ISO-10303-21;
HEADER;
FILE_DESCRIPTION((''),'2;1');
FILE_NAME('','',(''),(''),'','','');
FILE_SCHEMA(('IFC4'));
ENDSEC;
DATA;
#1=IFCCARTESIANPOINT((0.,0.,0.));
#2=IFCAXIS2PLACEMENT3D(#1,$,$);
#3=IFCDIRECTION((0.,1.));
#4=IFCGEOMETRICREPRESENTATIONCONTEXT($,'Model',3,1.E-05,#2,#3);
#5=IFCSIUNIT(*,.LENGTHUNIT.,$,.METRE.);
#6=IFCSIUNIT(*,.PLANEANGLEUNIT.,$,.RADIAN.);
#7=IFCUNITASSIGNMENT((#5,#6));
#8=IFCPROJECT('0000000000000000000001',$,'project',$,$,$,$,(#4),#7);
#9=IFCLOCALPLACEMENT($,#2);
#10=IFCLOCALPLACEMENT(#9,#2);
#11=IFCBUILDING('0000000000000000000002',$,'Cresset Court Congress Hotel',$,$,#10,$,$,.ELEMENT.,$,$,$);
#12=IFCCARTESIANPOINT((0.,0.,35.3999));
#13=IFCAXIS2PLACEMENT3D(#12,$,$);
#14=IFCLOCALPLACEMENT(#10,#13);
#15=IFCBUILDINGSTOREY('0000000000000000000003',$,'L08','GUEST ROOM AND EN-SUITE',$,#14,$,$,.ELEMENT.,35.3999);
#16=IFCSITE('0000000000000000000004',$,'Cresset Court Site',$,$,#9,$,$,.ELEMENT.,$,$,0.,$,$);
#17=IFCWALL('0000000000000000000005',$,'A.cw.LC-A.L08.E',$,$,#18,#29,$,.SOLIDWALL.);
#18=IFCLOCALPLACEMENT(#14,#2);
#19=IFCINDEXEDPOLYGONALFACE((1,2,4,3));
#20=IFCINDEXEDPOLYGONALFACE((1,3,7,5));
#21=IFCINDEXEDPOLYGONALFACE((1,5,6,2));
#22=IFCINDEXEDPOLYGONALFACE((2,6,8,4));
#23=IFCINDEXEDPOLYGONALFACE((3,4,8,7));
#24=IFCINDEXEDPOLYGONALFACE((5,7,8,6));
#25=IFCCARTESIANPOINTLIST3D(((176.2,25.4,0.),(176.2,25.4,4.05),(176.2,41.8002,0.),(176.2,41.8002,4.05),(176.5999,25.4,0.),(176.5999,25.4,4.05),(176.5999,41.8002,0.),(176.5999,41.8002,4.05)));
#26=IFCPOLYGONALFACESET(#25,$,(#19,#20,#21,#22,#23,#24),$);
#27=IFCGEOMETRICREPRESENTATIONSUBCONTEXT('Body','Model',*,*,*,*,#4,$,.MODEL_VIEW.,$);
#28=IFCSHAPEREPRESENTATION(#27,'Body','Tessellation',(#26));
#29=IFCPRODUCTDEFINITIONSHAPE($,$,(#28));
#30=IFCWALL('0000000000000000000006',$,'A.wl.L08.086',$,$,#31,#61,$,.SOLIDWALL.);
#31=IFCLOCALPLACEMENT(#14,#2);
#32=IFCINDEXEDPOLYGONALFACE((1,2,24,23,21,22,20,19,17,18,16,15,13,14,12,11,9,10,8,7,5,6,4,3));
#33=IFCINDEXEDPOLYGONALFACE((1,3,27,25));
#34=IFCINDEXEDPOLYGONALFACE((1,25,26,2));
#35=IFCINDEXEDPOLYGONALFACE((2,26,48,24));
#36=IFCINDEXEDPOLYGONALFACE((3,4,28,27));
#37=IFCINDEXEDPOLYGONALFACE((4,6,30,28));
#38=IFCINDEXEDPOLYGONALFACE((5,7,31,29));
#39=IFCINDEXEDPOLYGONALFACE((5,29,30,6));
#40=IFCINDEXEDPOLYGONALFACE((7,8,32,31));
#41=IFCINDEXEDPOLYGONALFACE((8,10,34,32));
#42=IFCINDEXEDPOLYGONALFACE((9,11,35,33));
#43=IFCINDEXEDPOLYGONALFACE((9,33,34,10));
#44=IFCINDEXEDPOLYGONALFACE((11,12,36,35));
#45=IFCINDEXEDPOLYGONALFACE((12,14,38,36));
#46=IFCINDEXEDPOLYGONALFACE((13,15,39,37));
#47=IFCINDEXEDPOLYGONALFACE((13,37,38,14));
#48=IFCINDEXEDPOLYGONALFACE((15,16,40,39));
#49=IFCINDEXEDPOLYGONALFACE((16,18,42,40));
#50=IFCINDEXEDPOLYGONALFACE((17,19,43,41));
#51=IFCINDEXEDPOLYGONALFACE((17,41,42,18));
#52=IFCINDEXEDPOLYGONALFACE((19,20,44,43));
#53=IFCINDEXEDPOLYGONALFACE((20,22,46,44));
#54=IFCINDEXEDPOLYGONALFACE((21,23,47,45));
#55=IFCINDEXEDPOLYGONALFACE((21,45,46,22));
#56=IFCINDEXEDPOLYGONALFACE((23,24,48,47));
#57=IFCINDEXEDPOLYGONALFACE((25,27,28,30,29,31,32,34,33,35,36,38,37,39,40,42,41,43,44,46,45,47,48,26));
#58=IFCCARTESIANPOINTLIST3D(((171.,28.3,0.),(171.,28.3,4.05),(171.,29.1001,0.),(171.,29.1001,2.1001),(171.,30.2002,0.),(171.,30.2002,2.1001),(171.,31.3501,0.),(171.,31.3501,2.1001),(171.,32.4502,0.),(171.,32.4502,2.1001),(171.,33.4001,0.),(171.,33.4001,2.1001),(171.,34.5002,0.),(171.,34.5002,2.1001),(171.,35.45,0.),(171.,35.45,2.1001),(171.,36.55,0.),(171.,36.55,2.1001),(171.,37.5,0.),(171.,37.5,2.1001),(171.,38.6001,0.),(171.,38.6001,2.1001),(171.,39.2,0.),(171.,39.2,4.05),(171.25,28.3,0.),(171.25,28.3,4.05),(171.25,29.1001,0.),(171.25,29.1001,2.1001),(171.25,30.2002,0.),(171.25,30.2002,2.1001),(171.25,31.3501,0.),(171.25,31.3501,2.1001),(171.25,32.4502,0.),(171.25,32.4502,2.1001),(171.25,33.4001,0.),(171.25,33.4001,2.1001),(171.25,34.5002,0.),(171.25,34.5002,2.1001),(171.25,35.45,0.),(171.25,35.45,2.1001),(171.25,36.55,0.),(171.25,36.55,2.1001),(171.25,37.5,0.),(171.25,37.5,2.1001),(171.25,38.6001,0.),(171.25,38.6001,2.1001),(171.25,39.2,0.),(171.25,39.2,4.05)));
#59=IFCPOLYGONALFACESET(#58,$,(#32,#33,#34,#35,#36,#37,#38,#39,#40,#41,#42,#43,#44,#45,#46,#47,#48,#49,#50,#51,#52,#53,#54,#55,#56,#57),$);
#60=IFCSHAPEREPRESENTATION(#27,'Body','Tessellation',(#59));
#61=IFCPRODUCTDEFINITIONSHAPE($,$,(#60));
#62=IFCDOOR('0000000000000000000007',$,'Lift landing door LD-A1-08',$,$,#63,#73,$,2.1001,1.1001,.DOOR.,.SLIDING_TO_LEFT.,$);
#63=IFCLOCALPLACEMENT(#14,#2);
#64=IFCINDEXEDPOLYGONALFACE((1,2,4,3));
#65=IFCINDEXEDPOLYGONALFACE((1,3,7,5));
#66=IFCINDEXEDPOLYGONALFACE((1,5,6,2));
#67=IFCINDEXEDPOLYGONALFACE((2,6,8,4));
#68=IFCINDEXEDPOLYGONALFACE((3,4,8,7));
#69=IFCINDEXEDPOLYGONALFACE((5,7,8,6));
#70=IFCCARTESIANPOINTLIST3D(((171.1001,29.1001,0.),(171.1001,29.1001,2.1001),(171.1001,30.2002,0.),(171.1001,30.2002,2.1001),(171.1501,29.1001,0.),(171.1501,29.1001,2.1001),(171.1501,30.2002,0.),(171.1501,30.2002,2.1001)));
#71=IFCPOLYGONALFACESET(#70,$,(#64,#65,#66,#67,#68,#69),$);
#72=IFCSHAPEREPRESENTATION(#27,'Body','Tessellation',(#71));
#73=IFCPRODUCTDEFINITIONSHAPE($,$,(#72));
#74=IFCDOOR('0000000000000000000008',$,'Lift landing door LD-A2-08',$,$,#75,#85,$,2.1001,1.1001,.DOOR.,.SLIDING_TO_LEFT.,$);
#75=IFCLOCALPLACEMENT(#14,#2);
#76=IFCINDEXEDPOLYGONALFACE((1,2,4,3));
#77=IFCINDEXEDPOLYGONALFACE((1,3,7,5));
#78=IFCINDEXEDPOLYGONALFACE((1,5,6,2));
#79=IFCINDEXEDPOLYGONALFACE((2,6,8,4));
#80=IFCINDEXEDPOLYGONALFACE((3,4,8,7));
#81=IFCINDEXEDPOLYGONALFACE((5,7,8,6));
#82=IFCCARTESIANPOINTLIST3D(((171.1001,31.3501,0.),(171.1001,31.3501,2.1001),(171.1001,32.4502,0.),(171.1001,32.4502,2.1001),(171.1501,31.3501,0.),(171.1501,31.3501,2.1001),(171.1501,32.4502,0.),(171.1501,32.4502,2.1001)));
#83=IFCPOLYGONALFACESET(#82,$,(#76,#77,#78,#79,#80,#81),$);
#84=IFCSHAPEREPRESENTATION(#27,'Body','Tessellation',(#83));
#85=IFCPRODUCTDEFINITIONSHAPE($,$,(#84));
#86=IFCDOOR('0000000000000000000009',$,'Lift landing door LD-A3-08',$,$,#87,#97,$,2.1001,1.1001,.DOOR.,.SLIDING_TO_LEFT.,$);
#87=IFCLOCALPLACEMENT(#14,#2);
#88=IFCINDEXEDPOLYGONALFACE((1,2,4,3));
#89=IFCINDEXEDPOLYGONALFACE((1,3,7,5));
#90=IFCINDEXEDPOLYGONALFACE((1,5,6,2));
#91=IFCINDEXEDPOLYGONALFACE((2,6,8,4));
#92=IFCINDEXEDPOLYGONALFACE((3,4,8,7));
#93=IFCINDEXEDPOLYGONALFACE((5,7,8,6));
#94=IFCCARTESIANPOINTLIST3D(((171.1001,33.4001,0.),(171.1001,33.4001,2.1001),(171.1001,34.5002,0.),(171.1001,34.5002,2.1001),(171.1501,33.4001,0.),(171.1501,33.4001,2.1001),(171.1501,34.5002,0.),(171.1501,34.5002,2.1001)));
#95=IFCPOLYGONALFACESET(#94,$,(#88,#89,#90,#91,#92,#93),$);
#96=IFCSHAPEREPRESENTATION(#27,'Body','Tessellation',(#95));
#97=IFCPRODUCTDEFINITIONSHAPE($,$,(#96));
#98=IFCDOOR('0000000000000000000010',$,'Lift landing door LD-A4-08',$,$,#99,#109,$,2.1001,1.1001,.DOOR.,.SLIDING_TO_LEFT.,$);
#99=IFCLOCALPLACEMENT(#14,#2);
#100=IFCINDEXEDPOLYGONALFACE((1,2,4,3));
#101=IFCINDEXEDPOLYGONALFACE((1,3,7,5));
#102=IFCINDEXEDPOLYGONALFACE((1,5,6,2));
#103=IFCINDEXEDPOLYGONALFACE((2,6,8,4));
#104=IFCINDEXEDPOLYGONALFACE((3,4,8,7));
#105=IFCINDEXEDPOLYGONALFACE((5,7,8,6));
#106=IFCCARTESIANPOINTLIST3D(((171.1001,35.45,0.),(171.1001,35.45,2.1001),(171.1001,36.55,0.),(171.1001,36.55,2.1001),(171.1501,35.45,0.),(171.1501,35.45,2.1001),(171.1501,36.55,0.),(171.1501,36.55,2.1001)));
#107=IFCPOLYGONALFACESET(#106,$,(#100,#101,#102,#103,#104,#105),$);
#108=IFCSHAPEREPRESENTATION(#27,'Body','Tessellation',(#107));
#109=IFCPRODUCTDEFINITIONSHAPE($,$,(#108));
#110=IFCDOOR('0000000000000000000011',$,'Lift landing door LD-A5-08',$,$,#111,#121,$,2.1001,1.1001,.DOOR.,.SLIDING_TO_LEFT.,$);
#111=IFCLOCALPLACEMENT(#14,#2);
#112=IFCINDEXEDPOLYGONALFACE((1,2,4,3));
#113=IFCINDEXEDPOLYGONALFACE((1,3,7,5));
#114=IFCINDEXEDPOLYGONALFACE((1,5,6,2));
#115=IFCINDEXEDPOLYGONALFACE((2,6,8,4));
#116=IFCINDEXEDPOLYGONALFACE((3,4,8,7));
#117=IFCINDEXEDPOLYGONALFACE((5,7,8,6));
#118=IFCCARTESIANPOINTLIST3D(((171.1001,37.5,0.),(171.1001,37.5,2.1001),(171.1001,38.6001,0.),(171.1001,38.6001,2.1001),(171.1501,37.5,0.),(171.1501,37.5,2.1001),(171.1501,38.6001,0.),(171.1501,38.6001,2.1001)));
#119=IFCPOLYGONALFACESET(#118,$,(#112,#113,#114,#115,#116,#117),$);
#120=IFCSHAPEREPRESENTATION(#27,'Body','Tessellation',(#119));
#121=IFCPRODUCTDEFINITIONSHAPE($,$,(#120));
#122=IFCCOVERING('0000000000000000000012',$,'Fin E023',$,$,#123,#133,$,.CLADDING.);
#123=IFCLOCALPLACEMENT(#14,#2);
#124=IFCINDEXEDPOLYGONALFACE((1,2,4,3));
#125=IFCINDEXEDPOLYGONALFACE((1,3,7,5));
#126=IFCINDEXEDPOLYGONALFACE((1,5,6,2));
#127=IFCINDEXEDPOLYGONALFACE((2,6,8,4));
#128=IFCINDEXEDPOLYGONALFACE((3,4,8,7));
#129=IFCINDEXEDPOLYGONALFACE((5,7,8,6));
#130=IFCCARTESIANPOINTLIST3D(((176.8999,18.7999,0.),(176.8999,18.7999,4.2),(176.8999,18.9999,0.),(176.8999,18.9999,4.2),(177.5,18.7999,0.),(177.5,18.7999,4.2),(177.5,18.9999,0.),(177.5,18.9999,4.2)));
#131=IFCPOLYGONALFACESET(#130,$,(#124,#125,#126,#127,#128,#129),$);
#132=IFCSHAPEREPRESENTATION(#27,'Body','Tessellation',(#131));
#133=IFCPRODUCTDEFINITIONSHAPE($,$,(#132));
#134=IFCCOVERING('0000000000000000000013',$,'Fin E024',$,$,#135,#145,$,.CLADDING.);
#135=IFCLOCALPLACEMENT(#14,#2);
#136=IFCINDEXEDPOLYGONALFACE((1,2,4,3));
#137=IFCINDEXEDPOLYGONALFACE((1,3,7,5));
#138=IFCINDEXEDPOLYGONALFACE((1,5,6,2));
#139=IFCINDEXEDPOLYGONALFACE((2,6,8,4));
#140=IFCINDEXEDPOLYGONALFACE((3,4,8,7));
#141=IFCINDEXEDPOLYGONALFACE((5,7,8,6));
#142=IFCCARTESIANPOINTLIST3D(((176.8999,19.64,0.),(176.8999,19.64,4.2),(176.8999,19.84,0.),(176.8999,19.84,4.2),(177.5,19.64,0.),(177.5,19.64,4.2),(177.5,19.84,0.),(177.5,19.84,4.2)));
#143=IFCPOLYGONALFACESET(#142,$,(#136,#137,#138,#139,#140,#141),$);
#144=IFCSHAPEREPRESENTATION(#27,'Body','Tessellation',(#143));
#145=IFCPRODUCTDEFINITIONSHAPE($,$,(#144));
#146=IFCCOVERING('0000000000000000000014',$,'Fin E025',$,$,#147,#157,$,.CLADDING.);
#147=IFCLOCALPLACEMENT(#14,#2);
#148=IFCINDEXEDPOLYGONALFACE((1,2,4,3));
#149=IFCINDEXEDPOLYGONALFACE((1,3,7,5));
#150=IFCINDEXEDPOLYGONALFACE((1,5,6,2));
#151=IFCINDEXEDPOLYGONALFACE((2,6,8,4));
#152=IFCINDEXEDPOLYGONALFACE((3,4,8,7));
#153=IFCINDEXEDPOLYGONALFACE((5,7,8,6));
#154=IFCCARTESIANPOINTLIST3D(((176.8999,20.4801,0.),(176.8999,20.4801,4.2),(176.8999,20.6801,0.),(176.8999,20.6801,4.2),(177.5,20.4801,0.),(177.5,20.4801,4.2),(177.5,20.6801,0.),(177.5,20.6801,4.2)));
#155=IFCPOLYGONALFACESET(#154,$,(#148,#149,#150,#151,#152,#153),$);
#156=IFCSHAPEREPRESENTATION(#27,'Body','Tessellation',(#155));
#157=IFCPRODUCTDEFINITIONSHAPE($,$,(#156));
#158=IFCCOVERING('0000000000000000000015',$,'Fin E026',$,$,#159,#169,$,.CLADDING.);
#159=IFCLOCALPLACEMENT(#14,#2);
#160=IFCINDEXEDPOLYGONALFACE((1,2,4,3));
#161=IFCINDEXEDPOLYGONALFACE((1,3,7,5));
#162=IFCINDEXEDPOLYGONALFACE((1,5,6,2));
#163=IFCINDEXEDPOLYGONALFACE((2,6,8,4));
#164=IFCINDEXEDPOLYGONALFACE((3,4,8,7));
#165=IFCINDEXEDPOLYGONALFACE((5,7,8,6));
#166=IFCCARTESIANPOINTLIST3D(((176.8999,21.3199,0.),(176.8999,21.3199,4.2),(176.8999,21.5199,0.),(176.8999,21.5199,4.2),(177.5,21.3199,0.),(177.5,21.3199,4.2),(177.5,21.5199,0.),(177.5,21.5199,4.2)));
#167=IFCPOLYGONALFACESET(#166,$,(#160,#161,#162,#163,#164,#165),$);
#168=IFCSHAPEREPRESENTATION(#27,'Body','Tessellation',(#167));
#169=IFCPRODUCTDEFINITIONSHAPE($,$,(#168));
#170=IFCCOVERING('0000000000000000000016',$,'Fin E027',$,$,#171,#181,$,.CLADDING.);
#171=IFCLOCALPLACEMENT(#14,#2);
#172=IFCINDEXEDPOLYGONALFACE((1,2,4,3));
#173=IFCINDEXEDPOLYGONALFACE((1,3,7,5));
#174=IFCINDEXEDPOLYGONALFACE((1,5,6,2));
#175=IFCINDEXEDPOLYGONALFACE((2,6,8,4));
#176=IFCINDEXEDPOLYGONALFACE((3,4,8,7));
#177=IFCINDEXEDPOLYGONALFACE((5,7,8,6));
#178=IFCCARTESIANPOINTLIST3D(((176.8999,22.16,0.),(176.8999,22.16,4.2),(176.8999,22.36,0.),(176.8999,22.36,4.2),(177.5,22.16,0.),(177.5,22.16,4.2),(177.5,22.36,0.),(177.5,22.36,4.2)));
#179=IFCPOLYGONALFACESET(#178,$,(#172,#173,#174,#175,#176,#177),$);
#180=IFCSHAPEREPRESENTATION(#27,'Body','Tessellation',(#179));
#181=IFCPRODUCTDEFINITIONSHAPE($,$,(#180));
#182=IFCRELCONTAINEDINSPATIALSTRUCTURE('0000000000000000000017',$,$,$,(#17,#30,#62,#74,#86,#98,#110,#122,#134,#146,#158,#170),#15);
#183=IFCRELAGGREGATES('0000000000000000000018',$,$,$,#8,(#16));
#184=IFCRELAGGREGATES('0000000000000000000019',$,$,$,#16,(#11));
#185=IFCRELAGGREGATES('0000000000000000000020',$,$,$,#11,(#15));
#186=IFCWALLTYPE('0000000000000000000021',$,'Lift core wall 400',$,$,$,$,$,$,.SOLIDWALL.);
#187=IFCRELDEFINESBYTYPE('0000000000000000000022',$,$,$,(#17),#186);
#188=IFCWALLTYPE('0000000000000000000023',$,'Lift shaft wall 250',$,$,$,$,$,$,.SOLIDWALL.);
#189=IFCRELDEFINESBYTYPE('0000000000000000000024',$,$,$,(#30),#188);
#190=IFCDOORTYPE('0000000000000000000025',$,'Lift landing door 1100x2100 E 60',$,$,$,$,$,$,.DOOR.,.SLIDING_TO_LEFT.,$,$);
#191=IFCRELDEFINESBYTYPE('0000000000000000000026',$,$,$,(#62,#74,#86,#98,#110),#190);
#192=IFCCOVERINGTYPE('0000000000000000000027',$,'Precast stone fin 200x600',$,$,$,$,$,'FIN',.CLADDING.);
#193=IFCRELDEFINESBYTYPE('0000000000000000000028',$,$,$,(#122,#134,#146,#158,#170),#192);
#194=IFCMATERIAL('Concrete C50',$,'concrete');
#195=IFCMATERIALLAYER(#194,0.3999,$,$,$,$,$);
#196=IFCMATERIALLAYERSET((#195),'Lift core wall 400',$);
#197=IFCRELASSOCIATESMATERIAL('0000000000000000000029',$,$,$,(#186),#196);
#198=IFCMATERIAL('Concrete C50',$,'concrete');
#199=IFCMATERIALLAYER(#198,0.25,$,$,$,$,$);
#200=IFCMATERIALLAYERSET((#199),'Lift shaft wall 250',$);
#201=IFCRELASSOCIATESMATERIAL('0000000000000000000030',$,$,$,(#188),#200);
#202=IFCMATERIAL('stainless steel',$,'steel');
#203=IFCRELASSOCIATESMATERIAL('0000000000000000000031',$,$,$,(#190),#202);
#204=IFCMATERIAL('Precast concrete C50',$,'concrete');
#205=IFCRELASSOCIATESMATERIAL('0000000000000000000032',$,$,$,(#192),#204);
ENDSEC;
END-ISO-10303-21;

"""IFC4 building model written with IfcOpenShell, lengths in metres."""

from ifc_helpers import new_model, si_unit, direction, frame, frame_2d, origin, origin_2d, place, context, subcontext, project, spatial, rectangle, extrude, material, layer, layer_set, type_object, element, fill, save


model = new_model("IFC4")

# Units and contexts
model_context = context("Model", 3, precision=1e-05, world=origin(), true_north=direction((0.0, 1.0)))
body_context = subcontext(model_context, "Body", "Model", "MODEL_VIEW")
ifc_project = project(units=[si_unit("LENGTHUNIT", "METRE"), si_unit("PLANEANGLEUNIT", "RADIAN")], contexts=[model_context])

# Site, building, storey
site_placement = place(None, origin())
site = spatial("IfcSite", under=ifc_project, at=site_placement, Name="Cresset Court Site", CompositionType="ELEMENT", RefElevation=0.0)
building_placement = place(site_placement, origin())
building = spatial("IfcBuilding", under=site, at=building_placement, Name="Cresset Court Congress Hotel", CompositionType="ELEMENT")
storey_placement = place(building_placement, frame((0.0, 0.0, 35.3999)))
storey = spatial("IfcBuildingStorey", under=building, at=storey_placement, Name="L08", Description="GUEST ROOM AND EN-SUITE", CompositionType="ELEMENT", Elevation=35.3999)

# Wall
ifc_material_1 = material(Name="Concrete C50", Category="concrete")
ifc_layer_1 = layer(ifc_material_1, 0.3999)
ifc_layer_set_1 = layer_set([ifc_layer_1], Name="Lift core wall 400")
wall_type_1 = type_object("IfcWallType", Name="Lift core wall 400", PredefinedType="SOLIDWALL", material=ifc_layer_set_1)
wall_1_placement = place(storey_placement, frame((176.3999, 25.3999, 0.0), z_axis=(0.0, 0.0, 1.0), x_axis=(0.0, 1.0, 0.0)))
element("IfcWall", 1, at=wall_1_placement, inside=storey, type_object=wall_type_1, Name="A.cw.LC-A.L08.E", PredefinedType="SOLIDWALL", context=body_context, shape_type="SweptSolid", body=[
    extrude(rectangle(XDim=16.4001, YDim=0.3999, at=frame_2d((8.2002, 0.0))), origin(), (0.0, 0.0, 1.0), 4.05),
])

# Wall, openings, doors
ifc_material_2 = material(Name="Concrete C50", Category="concrete")
ifc_layer_2 = layer(ifc_material_2, 0.25)
ifc_layer_set_2 = layer_set([ifc_layer_2], Name="Lift shaft wall 250")
wall_type_2 = type_object("IfcWallType", Name="Lift shaft wall 250", PredefinedType="SOLIDWALL", material=ifc_layer_set_2)
wall_2_placement = place(storey_placement, frame((171.125, 28.3, 0.0), z_axis=(0.0, 0.0, 1.0), x_axis=(0.0, 1.0, 0.0)))
wall_2 = element("IfcWall", 2, at=wall_2_placement, inside=storey, type_object=wall_type_2, Name="A.wl.L08.086", PredefinedType="SOLIDWALL", context=body_context, shape_type="SweptSolid", body=[
    extrude(rectangle(XDim=10.8999, YDim=0.25, at=frame_2d((5.45, 0.0))), origin(), (0.0, 0.0, 1.0), 4.05),
])
opening_1_placement = place(wall_2_placement, frame((0.8, 0.0, 0.0)))
opening_1 = element("IfcOpeningElement", 3, at=opening_1_placement, cuts=wall_2, PredefinedType="OPENING", context=body_context, shape_type="SweptSolid", body=[
    extrude(rectangle(XDim=1.1001, YDim=2.1001, at=frame_2d((0.55, 1.05))), frame((0.0, 0.135, 0.0), z_axis=(0.0, -1.0, 0.0), x_axis=(1.0, 0.0, 0.0)), (0.0, 0.0, 1.0), 0.27),
])
opening_2_placement = place(wall_2_placement, frame((3.05, 0.0, 0.0)))
opening_2 = element("IfcOpeningElement", 4, at=opening_2_placement, cuts=wall_2, PredefinedType="OPENING", context=body_context, shape_type="SweptSolid", body=[
    extrude(rectangle(XDim=1.1001, YDim=2.1001, at=frame_2d((0.55, 1.05))), frame((0.0, 0.135, 0.0), z_axis=(0.0, -1.0, 0.0), x_axis=(1.0, 0.0, 0.0)), (0.0, 0.0, 1.0), 0.27),
])
opening_3_placement = place(wall_2_placement, frame((5.1001, 0.0, 0.0)))
opening_3 = element("IfcOpeningElement", 5, at=opening_3_placement, cuts=wall_2, PredefinedType="OPENING", context=body_context, shape_type="SweptSolid", body=[
    extrude(rectangle(XDim=1.1001, YDim=2.1001, at=frame_2d((0.55, 1.05))), frame((0.0, 0.135, 0.0), z_axis=(0.0, -1.0, 0.0), x_axis=(1.0, 0.0, 0.0)), (0.0, 0.0, 1.0), 0.27),
])
opening_4_placement = place(wall_2_placement, frame((7.1499, 0.0, 0.0)))
opening_4 = element("IfcOpeningElement", 6, at=opening_4_placement, cuts=wall_2, PredefinedType="OPENING", context=body_context, shape_type="SweptSolid", body=[
    extrude(rectangle(XDim=1.1001, YDim=2.1001, at=frame_2d((0.55, 1.05))), frame((0.0, 0.135, 0.0), z_axis=(0.0, -1.0, 0.0), x_axis=(1.0, 0.0, 0.0)), (0.0, 0.0, 1.0), 0.27),
])
opening_5_placement = place(wall_2_placement, frame((9.2, 0.0, 0.0)))
opening_5 = element("IfcOpeningElement", 7, at=opening_5_placement, cuts=wall_2, PredefinedType="OPENING", context=body_context, shape_type="SweptSolid", body=[
    extrude(rectangle(XDim=1.1001, YDim=2.1001, at=frame_2d((0.55, 1.05))), frame((0.0, 0.135, 0.0), z_axis=(0.0, -1.0, 0.0), x_axis=(1.0, 0.0, 0.0)), (0.0, 0.0, 1.0), 0.27),
])
ifc_material_3 = material(Name="stainless steel", Category="steel")
door_type = type_object("IfcDoorType", Name="Lift landing door 1100x2100 E 60", OperationType="SLIDING_TO_LEFT", PredefinedType="DOOR", material=ifc_material_3)
door_1_placement = place(opening_1_placement, origin())
door_1 = element("IfcDoor", 8, at=door_1_placement, inside=storey, type_object=door_type, Name="Lift landing door LD-A1-08", OperationType="SLIDING_TO_LEFT", OverallHeight=2.1001, OverallWidth=1.1001, PredefinedType="DOOR", context=body_context, shape_type="SweptSolid", body=[
    extrude(rectangle(XDim=1.1001, YDim=2.1001, at=frame_2d((0.55, 1.05))), frame((0.0, 0.0249, 0.0), z_axis=(0.0, -1.0, 0.0), x_axis=(1.0, 0.0, 0.0)), (0.0, 0.0, 1.0), 0.05),
])
fill(opening_1, door_1)
door_2_placement = place(opening_2_placement, origin())
door_2 = element("IfcDoor", 9, at=door_2_placement, inside=storey, type_object=door_type, Name="Lift landing door LD-A2-08", OperationType="SLIDING_TO_LEFT", OverallHeight=2.1001, OverallWidth=1.1001, PredefinedType="DOOR", context=body_context, shape_type="SweptSolid", body=[
    extrude(rectangle(XDim=1.1001, YDim=2.1001, at=frame_2d((0.55, 1.05))), frame((0.0, 0.0249, 0.0), z_axis=(0.0, -1.0, 0.0), x_axis=(1.0, 0.0, 0.0)), (0.0, 0.0, 1.0), 0.05),
])
fill(opening_2, door_2)
door_3_placement = place(opening_3_placement, origin())
door_3 = element("IfcDoor", 10, at=door_3_placement, inside=storey, type_object=door_type, Name="Lift landing door LD-A3-08", OperationType="SLIDING_TO_LEFT", OverallHeight=2.1001, OverallWidth=1.1001, PredefinedType="DOOR", context=body_context, shape_type="SweptSolid", body=[
    extrude(rectangle(XDim=1.1001, YDim=2.1001, at=frame_2d((0.55, 1.05))), frame((0.0, 0.0249, 0.0), z_axis=(0.0, -1.0, 0.0), x_axis=(1.0, 0.0, 0.0)), (0.0, 0.0, 1.0), 0.05),
])
fill(opening_3, door_3)
door_4_placement = place(opening_4_placement, origin())
door_4 = element("IfcDoor", 11, at=door_4_placement, inside=storey, type_object=door_type, Name="Lift landing door LD-A4-08", OperationType="SLIDING_TO_LEFT", OverallHeight=2.1001, OverallWidth=1.1001, PredefinedType="DOOR", context=body_context, shape_type="SweptSolid", body=[
    extrude(rectangle(XDim=1.1001, YDim=2.1001, at=frame_2d((0.55, 1.05))), frame((0.0, 0.0249, 0.0), z_axis=(0.0, -1.0, 0.0), x_axis=(1.0, 0.0, 0.0)), (0.0, 0.0, 1.0), 0.05),
])
fill(opening_4, door_4)
door_5_placement = place(opening_5_placement, origin())
door_5 = element("IfcDoor", 12, at=door_5_placement, inside=storey, type_object=door_type, Name="Lift landing door LD-A5-08", OperationType="SLIDING_TO_LEFT", OverallHeight=2.1001, OverallWidth=1.1001, PredefinedType="DOOR", context=body_context, shape_type="SweptSolid", body=[
    extrude(rectangle(XDim=1.1001, YDim=2.1001, at=frame_2d((0.55, 1.05))), frame((0.0, 0.0249, 0.0), z_axis=(0.0, -1.0, 0.0), x_axis=(1.0, 0.0, 0.0)), (0.0, 0.0, 1.0), 0.05),
])
fill(opening_5, door_5)

# Coverings
ifc_material_4 = material(Name="Precast concrete C50", Category="concrete")
covering_type_1 = type_object("IfcCoveringType", Name="Precast stone fin 200x600", ElementType="FIN", PredefinedType="CLADDING", material=ifc_material_4)
for number, where, z_axis, x_axis, name in (
    (13, (177.2, 18.8999, 0.0), (0.0, 0.0, 1.0), (1.0, 0.0, 0.0), "Fin E023"),
    (14, (177.2, 19.74, 0.0), (0.0, 0.0, 1.0), (1.0, 0.0, 0.0), "Fin E024"),
    (15, (177.2, 20.5801, 0.0), (0.0, 0.0, 1.0), (1.0, 0.0, 0.0), "Fin E025"),
    (16, (177.2, 21.4199, 0.0), (0.0, 0.0, 1.0), (1.0, 0.0, 0.0), "Fin E026"),
    (17, (177.2, 22.26, 0.0), (0.0, 0.0, 1.0), (1.0, 0.0, 0.0), "Fin E027"),
):
    element("IfcCovering", number, at=place(storey_placement, frame(where, z_axis=z_axis, x_axis=x_axis)), inside=storey, type_object=covering_type_1, Name=name, PredefinedType="CLADDING", context=body_context, shape_type="SweptSolid", body=[
        extrude(rectangle(XDim=0.6001, YDim=0.2, at=origin_2d()), origin(), (0.0, 0.0, 1.0), 4.2),
    ])

save(model, "model.ifc")
